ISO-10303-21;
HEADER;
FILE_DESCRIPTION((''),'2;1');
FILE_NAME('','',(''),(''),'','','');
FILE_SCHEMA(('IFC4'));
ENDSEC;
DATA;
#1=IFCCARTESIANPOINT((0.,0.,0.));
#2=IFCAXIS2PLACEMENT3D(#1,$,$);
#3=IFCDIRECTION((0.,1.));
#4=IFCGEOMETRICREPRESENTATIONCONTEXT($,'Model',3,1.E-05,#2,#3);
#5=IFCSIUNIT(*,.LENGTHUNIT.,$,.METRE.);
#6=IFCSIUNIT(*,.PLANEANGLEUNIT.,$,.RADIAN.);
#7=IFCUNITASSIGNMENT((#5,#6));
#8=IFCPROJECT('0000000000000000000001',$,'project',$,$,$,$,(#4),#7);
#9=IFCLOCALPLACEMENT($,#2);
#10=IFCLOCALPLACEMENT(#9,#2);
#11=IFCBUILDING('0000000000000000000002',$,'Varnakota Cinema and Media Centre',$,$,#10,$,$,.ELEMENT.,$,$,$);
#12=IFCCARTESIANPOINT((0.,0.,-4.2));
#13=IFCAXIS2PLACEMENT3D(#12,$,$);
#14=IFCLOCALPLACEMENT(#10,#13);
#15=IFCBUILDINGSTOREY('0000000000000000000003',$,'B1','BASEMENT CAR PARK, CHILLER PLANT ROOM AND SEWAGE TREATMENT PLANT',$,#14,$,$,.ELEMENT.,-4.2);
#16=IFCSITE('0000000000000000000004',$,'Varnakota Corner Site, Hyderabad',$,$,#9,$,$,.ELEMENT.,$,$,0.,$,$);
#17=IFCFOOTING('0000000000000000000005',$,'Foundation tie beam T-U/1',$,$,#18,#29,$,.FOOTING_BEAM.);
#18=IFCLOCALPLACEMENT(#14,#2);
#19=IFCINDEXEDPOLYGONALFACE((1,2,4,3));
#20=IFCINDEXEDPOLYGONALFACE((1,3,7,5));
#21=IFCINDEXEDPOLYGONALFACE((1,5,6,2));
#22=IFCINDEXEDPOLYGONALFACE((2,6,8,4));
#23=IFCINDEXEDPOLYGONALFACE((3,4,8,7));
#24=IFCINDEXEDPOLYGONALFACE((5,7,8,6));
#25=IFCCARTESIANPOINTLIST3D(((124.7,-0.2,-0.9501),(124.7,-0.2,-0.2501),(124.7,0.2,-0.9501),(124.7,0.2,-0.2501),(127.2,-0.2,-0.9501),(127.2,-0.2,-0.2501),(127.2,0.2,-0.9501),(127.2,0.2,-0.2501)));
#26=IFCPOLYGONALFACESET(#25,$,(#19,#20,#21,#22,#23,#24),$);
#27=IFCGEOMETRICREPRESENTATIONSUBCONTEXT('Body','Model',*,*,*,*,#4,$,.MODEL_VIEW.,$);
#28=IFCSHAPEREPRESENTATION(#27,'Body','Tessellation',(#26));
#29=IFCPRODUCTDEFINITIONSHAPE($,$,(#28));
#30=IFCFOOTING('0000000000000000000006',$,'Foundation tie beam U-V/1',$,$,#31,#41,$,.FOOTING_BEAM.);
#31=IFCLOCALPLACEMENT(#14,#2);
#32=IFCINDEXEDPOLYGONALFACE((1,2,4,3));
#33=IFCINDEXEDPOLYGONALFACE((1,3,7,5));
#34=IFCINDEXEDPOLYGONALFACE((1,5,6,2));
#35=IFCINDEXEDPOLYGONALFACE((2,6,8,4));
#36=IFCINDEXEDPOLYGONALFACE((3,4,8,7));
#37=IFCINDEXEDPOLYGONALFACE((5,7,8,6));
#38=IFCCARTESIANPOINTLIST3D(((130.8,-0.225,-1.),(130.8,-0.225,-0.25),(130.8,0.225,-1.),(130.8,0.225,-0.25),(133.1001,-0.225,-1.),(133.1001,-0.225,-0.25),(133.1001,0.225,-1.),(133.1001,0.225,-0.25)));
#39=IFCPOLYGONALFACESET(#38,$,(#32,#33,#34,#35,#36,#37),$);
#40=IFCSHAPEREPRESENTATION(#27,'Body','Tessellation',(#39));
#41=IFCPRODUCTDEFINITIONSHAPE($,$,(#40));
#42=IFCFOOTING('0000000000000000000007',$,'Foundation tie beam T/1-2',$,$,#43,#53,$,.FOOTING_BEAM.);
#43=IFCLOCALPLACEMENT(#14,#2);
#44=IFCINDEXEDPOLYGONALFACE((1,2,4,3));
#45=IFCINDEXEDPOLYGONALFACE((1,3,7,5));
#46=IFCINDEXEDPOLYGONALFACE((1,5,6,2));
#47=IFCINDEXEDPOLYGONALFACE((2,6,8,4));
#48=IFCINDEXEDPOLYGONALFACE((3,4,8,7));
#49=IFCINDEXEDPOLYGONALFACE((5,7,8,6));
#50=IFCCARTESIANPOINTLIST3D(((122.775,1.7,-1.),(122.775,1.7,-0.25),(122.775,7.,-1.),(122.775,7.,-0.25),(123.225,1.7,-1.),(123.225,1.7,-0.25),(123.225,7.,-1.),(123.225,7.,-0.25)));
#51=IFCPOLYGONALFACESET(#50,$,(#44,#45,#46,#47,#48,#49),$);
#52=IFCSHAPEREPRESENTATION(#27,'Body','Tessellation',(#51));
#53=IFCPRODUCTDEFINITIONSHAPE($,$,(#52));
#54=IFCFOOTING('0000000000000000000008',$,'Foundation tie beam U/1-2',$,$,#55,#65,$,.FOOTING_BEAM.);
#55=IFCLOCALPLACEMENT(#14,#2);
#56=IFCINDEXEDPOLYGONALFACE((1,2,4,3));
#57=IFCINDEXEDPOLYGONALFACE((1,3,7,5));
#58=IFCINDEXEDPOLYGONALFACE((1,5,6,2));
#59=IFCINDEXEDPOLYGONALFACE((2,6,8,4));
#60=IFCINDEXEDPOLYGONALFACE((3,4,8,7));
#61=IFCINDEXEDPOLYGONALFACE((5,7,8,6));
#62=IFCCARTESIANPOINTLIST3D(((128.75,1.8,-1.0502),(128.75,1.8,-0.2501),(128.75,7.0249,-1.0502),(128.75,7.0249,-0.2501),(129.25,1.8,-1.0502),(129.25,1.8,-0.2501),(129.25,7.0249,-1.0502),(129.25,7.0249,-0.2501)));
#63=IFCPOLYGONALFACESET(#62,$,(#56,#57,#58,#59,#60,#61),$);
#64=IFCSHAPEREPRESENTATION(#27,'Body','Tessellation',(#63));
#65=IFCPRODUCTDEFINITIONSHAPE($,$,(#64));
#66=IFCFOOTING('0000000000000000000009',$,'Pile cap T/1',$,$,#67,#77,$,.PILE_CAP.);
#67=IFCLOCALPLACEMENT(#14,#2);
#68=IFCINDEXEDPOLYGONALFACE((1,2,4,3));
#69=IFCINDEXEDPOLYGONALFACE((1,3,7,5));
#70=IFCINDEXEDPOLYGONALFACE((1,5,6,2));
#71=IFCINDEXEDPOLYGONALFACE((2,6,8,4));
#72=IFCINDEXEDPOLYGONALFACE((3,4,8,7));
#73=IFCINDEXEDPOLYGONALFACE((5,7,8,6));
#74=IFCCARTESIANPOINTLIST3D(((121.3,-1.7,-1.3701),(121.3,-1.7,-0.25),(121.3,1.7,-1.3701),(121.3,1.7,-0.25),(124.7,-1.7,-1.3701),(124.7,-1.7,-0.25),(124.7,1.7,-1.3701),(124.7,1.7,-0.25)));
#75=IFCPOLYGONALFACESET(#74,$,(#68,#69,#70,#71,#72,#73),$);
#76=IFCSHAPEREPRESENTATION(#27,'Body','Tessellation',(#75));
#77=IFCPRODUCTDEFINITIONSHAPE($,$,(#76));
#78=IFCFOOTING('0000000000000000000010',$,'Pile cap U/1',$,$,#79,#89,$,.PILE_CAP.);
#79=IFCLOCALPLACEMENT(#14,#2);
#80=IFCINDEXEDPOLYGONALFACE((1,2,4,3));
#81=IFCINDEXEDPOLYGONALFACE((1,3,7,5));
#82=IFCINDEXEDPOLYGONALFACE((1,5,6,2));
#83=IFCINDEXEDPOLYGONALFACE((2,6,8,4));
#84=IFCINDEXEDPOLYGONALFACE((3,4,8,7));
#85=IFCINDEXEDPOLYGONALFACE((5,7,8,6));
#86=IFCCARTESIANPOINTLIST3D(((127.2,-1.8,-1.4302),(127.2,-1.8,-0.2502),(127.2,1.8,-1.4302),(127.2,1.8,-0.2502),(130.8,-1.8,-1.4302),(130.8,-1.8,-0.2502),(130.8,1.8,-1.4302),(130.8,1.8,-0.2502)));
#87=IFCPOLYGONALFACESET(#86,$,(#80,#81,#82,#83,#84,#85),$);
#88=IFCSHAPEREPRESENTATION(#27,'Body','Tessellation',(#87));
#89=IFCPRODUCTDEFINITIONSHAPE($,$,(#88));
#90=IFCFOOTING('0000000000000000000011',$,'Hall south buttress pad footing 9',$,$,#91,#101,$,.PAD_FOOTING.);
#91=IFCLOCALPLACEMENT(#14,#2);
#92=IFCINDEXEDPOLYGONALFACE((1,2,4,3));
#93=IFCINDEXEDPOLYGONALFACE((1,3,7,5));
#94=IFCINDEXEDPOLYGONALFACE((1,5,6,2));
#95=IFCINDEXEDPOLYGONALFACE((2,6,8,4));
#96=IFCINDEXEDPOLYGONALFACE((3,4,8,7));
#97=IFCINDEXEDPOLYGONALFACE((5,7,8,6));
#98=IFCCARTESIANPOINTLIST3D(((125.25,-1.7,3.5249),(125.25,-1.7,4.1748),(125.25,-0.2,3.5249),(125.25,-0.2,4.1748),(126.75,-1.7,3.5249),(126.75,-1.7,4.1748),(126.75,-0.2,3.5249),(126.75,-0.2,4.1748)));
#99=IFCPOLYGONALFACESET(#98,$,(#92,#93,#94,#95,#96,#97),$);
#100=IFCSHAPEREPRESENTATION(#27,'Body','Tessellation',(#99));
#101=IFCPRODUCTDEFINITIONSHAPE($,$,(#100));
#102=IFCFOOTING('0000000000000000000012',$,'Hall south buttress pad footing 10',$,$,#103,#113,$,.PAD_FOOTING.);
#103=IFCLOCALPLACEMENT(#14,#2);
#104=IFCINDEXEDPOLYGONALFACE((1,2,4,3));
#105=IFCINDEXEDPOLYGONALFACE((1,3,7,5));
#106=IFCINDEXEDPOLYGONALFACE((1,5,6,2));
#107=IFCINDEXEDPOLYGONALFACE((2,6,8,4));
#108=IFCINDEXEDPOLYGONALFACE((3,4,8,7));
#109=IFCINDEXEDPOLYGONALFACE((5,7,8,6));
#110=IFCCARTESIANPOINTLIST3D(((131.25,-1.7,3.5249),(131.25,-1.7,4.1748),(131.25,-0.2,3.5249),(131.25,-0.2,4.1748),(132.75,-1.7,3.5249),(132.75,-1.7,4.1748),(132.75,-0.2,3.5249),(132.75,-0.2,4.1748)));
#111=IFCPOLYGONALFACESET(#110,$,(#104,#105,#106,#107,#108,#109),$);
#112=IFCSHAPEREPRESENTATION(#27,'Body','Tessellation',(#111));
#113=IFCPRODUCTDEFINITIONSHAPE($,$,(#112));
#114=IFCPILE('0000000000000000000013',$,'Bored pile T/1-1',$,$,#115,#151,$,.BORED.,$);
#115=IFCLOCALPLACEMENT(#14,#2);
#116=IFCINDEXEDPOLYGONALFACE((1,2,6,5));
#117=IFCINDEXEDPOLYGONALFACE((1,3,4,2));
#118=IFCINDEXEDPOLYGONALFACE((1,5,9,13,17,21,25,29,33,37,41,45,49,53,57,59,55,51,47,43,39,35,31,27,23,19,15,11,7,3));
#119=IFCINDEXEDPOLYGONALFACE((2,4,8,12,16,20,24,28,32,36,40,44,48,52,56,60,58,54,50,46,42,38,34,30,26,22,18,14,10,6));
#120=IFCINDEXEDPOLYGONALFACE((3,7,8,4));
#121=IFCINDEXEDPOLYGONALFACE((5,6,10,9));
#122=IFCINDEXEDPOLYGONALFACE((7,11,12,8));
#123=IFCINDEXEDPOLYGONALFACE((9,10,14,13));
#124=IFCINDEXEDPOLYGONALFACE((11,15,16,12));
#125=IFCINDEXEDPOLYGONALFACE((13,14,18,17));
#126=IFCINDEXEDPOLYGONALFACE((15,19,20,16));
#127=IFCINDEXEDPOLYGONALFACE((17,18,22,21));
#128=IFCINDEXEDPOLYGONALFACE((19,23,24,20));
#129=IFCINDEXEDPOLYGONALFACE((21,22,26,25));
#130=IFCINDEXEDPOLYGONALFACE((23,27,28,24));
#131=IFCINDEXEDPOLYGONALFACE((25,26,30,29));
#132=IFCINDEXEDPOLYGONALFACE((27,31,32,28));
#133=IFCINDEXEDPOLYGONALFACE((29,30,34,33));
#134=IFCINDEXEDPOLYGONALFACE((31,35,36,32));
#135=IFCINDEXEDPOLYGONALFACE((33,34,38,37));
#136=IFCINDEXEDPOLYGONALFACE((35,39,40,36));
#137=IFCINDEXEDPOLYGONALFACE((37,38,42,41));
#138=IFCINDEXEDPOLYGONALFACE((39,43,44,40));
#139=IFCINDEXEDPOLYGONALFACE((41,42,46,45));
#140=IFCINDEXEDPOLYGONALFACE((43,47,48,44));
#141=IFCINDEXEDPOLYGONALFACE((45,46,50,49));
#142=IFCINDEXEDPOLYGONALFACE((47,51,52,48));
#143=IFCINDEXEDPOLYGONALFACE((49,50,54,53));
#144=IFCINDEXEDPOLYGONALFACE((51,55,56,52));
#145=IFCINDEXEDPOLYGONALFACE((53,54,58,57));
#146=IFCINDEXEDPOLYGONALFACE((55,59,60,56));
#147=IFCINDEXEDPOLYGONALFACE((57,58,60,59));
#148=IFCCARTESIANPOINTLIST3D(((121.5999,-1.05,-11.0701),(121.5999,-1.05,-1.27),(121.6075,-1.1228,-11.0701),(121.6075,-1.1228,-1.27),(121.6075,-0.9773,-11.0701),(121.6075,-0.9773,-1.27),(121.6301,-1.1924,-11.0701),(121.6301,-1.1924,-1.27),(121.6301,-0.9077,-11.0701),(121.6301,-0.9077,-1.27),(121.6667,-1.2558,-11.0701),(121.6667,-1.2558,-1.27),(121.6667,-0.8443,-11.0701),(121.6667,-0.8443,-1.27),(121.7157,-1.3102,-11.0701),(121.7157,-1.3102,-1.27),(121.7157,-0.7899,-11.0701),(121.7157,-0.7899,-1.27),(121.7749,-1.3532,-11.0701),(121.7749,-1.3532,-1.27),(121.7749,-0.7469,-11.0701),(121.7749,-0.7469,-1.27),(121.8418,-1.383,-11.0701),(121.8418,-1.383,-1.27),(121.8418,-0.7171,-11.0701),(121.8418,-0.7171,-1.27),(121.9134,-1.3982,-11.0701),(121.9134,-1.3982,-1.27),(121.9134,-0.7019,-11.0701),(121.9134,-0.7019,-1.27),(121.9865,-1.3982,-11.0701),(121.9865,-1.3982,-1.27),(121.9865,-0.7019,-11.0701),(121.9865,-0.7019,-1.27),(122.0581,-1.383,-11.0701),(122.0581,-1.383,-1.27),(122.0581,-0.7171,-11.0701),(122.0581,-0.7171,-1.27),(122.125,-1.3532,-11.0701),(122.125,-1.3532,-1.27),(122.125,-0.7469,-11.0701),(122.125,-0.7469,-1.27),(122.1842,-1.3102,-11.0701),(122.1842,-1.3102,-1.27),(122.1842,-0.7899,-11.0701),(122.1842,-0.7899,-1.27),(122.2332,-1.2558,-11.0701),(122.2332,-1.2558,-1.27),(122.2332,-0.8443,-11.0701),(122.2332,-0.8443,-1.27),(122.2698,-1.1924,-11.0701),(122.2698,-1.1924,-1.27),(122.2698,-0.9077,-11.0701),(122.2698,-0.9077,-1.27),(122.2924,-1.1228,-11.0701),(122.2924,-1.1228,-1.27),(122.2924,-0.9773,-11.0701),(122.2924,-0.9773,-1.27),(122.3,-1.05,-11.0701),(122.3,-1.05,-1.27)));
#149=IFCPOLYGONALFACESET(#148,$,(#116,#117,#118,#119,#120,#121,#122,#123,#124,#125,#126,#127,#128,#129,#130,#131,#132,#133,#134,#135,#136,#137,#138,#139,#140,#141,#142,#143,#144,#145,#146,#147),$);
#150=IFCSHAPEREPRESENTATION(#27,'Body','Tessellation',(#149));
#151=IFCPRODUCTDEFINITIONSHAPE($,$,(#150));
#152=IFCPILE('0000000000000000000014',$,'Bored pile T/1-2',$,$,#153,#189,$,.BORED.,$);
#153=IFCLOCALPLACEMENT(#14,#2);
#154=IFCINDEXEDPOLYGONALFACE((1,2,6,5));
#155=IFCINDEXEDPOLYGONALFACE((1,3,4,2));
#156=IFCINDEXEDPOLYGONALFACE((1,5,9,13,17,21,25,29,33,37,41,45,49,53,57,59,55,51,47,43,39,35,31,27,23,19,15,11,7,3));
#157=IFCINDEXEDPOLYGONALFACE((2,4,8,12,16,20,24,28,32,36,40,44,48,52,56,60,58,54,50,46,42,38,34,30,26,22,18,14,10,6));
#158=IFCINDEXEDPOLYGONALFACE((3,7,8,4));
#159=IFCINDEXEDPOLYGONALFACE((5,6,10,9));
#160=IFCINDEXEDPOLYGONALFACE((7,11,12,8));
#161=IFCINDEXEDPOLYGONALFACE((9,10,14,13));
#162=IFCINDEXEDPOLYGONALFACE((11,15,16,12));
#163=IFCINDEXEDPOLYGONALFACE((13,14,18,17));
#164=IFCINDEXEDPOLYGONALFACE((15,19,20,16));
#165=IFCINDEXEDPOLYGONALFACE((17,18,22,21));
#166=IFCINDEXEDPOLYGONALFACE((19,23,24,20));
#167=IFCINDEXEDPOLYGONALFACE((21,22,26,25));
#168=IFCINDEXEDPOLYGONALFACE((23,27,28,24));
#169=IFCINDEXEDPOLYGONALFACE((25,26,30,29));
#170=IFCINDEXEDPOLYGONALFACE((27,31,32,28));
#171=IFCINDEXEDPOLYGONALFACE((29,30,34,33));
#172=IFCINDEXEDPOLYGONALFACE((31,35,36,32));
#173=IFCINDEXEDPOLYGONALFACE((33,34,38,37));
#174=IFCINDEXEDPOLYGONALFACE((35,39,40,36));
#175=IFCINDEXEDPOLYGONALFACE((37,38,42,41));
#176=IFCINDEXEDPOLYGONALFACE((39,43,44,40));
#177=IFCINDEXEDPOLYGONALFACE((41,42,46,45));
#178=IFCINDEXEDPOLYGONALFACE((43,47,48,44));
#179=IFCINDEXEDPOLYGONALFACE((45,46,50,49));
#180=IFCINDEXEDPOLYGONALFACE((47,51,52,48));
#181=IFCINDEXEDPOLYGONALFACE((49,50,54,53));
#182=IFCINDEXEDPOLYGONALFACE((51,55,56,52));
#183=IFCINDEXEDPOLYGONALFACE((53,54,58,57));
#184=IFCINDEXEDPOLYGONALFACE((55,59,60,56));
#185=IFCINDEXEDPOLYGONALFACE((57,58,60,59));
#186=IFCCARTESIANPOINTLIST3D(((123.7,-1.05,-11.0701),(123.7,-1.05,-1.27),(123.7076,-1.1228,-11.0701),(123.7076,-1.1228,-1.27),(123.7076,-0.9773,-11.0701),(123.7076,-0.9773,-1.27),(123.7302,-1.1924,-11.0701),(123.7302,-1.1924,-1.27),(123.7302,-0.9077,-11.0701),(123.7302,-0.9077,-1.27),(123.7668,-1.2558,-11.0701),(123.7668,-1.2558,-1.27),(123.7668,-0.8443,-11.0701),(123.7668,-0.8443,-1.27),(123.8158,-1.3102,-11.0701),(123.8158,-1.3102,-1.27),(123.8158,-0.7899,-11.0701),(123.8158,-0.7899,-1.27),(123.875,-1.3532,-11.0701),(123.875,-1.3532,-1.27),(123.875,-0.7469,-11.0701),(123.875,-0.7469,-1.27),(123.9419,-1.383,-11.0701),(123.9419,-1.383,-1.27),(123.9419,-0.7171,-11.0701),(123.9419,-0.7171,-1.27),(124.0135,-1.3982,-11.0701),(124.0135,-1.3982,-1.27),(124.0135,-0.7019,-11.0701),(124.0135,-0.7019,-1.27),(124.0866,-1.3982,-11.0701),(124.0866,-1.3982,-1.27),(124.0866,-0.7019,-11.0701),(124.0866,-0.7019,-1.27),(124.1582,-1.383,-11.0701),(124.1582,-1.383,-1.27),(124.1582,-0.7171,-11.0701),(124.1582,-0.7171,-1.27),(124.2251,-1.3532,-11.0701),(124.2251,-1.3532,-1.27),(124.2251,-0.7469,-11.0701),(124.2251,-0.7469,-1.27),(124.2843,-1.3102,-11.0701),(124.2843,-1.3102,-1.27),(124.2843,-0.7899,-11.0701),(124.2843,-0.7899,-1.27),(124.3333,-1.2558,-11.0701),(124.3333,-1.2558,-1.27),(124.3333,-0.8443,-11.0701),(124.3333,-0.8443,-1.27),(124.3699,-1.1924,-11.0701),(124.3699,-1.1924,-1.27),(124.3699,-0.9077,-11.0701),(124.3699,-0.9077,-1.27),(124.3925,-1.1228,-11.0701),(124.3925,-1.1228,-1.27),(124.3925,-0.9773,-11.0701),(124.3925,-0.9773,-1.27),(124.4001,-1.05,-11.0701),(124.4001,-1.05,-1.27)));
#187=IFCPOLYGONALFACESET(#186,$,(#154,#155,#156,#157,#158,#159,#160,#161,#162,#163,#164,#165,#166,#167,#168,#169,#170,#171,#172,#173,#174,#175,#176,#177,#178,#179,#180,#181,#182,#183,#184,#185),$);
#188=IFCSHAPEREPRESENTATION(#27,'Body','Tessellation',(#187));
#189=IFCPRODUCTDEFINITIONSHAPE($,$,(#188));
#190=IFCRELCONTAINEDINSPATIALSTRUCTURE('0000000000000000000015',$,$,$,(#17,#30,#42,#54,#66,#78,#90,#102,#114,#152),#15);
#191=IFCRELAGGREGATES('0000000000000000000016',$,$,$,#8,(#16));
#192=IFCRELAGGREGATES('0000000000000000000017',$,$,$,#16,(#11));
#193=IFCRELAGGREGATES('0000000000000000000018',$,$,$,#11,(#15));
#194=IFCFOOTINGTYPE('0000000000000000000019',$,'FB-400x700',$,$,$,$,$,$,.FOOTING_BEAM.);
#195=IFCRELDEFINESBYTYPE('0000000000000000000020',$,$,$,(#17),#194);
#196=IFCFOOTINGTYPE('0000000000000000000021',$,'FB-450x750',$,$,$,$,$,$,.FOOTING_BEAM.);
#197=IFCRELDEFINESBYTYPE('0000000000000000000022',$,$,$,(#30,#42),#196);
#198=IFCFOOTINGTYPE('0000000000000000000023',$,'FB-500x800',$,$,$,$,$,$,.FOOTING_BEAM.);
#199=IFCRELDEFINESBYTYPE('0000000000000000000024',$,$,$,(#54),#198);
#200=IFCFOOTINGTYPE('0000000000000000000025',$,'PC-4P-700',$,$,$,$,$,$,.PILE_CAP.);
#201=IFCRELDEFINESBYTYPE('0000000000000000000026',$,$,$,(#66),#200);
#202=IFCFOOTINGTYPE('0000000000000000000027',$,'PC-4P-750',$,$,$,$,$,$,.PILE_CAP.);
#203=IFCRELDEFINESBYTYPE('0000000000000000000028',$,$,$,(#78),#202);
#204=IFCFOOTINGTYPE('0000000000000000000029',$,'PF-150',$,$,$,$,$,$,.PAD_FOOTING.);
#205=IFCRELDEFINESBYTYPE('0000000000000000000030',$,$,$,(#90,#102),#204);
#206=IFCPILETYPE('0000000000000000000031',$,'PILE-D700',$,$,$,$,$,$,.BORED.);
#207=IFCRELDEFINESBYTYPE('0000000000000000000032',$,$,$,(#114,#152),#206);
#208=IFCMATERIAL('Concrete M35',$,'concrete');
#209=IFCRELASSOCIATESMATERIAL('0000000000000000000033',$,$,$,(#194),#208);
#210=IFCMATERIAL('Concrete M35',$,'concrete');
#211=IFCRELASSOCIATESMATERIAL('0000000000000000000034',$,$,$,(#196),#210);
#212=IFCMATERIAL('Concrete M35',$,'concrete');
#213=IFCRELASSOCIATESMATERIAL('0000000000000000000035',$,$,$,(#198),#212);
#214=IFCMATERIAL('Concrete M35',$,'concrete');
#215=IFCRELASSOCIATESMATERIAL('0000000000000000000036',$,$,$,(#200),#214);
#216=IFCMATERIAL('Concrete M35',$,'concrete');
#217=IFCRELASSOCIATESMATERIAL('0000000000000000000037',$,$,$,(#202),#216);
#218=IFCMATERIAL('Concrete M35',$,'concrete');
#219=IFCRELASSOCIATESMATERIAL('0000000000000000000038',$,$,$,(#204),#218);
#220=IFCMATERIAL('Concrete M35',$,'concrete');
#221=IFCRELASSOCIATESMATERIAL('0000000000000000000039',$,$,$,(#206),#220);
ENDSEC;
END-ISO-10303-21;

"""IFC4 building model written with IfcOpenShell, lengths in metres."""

from ifc_helpers import new_model, si_unit, direction, frame, origin, origin_2d, place, context, subcontext, project, spatial, rectangle, circle, extrude, material, material_profile, profile_set, type_object, element, save


model = new_model("IFC4")

# Units and contexts
model_context = context("Model", 3, precision=1e-05, world=origin(), true_north=direction((0.0, 1.0)))
body_context = subcontext(model_context, "Body", "Model", "MODEL_VIEW")
ifc_project = project(units=[si_unit("LENGTHUNIT", "METRE"), si_unit("PLANEANGLEUNIT", "RADIAN")], contexts=[model_context])

# Site, building, storey
site_placement = place(None, origin())
site = spatial("IfcSite", under=ifc_project, at=site_placement, Name="Varnakota Corner Site, Hyderabad", CompositionType="ELEMENT", RefElevation=0.0)
building_placement = place(site_placement, origin())
building = spatial("IfcBuilding", under=site, at=building_placement, Name="Varnakota Cinema and Media Centre", CompositionType="ELEMENT")
storey_placement = place(building_placement, frame((0.0, 0.0, -4.2)))
storey = spatial("IfcBuildingStorey", under=building, at=storey_placement, Name="B1", Description="BASEMENT CAR PARK, CHILLER PLANT ROOM AND SEWAGE TREATMENT PLANT", CompositionType="ELEMENT", Elevation=-4.2)

# Footings
ifc_material_1 = material(Name="Concrete M35", Category="concrete")
ifc_material_profile_1 = material_profile(ifc_material_1, rectangle(XDim=0.3999, YDim=0.7, at=origin_2d()), Name="FB 400x700")
ifc_profile_set_1 = profile_set([ifc_material_profile_1], Name="Concrete M35")
footing_type_1 = type_object("IfcFootingType", Name="FB-400x700", PredefinedType="FOOTING_BEAM", material=ifc_profile_set_1)
footing_1_placement = place(storey_placement, frame((124.7, 0.0, -0.6001), z_axis=(1.0, 0.0, 0.0), x_axis=(0.0, 1.0, 0.0)))
element("IfcFooting", 1, at=footing_1_placement, inside=storey, type_object=footing_type_1, Name="Foundation tie beam T-U/1", PredefinedType="FOOTING_BEAM", context=body_context, shape_type="SweptSolid", body=[
    extrude(rectangle(XDim=0.3999, YDim=0.7, at=origin_2d()), origin(), (0.0, 0.0, 1.0), 2.5),
])
ifc_material_2 = material(Name="Concrete M35", Category="concrete")
ifc_material_profile_2 = material_profile(ifc_material_2, rectangle(XDim=0.45, YDim=0.75, at=origin_2d()), Name="FB 450x750")
ifc_profile_set_2 = profile_set([ifc_material_profile_2], Name="Concrete M35")
footing_type_2 = type_object("IfcFootingType", Name="FB-450x750", PredefinedType="FOOTING_BEAM", material=ifc_profile_set_2)
footing_2_placement = place(storey_placement, frame((130.8, 0.0, -0.625), z_axis=(1.0, 0.0, 0.0), x_axis=(0.0, 1.0, 0.0)))
element("IfcFooting", 2, at=footing_2_placement, inside=storey, type_object=footing_type_2, Name="Foundation tie beam U-V/1", PredefinedType="FOOTING_BEAM", context=body_context, shape_type="SweptSolid", body=[
    extrude(rectangle(XDim=0.45, YDim=0.75, at=origin_2d()), origin(), (0.0, 0.0, 1.0), 2.3),
])
footing_3_placement = place(storey_placement, frame((123.0, 1.7, -0.625), z_axis=(0.0, 1.0, 0.0), x_axis=(-1.0, 0.0, 0.0)))
element("IfcFooting", 3, at=footing_3_placement, inside=storey, type_object=footing_type_2, Name="Foundation tie beam T/1-2", PredefinedType="FOOTING_BEAM", context=body_context, shape_type="SweptSolid", body=[
    extrude(rectangle(XDim=0.45, YDim=0.75, at=origin_2d()), origin(), (0.0, 0.0, 1.0), 5.3),
])
ifc_material_3 = material(Name="Concrete M35", Category="concrete")
ifc_material_profile_3 = material_profile(ifc_material_3, rectangle(XDim=0.5, YDim=0.8, at=origin_2d()), Name="FB 500x800")
ifc_profile_set_3 = profile_set([ifc_material_profile_3], Name="Concrete M35")
footing_type_3 = type_object("IfcFootingType", Name="FB-500x800", PredefinedType="FOOTING_BEAM", material=ifc_profile_set_3)
footing_4_placement = place(storey_placement, frame((129.0, 1.8, -0.6501), z_axis=(0.0, 1.0, 0.0), x_axis=(-1.0, 0.0, 0.0)))
element("IfcFooting", 4, at=footing_4_placement, inside=storey, type_object=footing_type_3, Name="Foundation tie beam U/1-2", PredefinedType="FOOTING_BEAM", context=body_context, shape_type="SweptSolid", body=[
    extrude(rectangle(XDim=0.5, YDim=0.8, at=origin_2d()), origin(), (0.0, 0.0, 1.0), 5.2249),
])
ifc_material_4 = material(Name="Concrete M35", Category="concrete")
footing_type_4 = type_object("IfcFootingType", Name="PC-4P-700", PredefinedType="PILE_CAP", material=ifc_material_4)
footing_5_placement = place(storey_placement, frame((123.0, 0.0, -1.3701), z_axis=(0.0, 0.0, 1.0), x_axis=(1.0, 0.0, 0.0)))
element("IfcFooting", 5, at=footing_5_placement, inside=storey, type_object=footing_type_4, Name="Pile cap T/1", PredefinedType="PILE_CAP", context=body_context, shape_type="SweptSolid", body=[
    extrude(rectangle(XDim=3.3999, YDim=3.3999, at=origin_2d()), origin(), (0.0, 0.0, 1.0), 1.1201),
])
ifc_material_5 = material(Name="Concrete M35", Category="concrete")
footing_type_5 = type_object("IfcFootingType", Name="PC-4P-750", PredefinedType="PILE_CAP", material=ifc_material_5)
footing_6_placement = place(storey_placement, frame((129.0, 0.0, -1.4302), z_axis=(0.0, 0.0, 1.0), x_axis=(1.0, 0.0, 0.0)))
element("IfcFooting", 6, at=footing_6_placement, inside=storey, type_object=footing_type_5, Name="Pile cap U/1", PredefinedType="PILE_CAP", context=body_context, shape_type="SweptSolid", body=[
    extrude(rectangle(XDim=3.6001, YDim=3.6001, at=origin_2d()), origin(), (0.0, 0.0, 1.0), 1.1799),
])
ifc_material_6 = material(Name="Concrete M35", Category="concrete")
footing_type_6 = type_object("IfcFootingType", Name="PF-150", PredefinedType="PAD_FOOTING", material=ifc_material_6)
for number, where, z_axis, x_axis, name in (
    (7, (126.0, -0.95, 3.5249), (0.0, 0.0, 1.0), (1.0, 0.0, 0.0), "Hall south buttress pad footing 9"),
    (8, (132.0, -0.95, 3.5249), (0.0, 0.0, 1.0), (1.0, 0.0, 0.0), "Hall south buttress pad footing 10"),
):
    element("IfcFooting", number, at=place(storey_placement, frame(where, z_axis=z_axis, x_axis=x_axis)), inside=storey, type_object=footing_type_6, Name=name, PredefinedType="PAD_FOOTING", context=body_context, shape_type="SweptSolid", body=[
        extrude(rectangle(XDim=1.5, YDim=1.5, at=origin_2d()), origin(), (0.0, 0.0, 1.0), 0.6499),
    ])

# Piles
ifc_material_7 = material(Name="Concrete M35", Category="concrete")
ifc_material_profile_4 = material_profile(ifc_material_7, circle(Radius=0.3501, at=origin_2d()), Name="PILE D700")
ifc_profile_set_4 = profile_set([ifc_material_profile_4], Name="Concrete M35")
pile_type_1 = type_object("IfcPileType", Name="PILE-D700", PredefinedType="BORED", material=ifc_profile_set_4)
for number, where, z_axis, x_axis, name in (
    (9, (121.95, -1.05, -1.27), (0.0, 0.0, -1.0), (1.0, 0.0, 0.0), "Bored pile T/1-1"),
    (10, (124.05, -1.05, -1.27), (0.0, 0.0, -1.0), (1.0, 0.0, 0.0), "Bored pile T/1-2"),
):
    element("IfcPile", number, at=place(storey_placement, frame(where, z_axis=z_axis, x_axis=x_axis)), inside=storey, type_object=pile_type_1, Name=name, PredefinedType="BORED", context=body_context, shape_type="SweptSolid", body=[
        extrude(circle(Radius=0.3501, at=origin_2d()), origin(), (0.0, 0.0, 1.0), 9.8),
    ])

save(model, "model.ifc")
